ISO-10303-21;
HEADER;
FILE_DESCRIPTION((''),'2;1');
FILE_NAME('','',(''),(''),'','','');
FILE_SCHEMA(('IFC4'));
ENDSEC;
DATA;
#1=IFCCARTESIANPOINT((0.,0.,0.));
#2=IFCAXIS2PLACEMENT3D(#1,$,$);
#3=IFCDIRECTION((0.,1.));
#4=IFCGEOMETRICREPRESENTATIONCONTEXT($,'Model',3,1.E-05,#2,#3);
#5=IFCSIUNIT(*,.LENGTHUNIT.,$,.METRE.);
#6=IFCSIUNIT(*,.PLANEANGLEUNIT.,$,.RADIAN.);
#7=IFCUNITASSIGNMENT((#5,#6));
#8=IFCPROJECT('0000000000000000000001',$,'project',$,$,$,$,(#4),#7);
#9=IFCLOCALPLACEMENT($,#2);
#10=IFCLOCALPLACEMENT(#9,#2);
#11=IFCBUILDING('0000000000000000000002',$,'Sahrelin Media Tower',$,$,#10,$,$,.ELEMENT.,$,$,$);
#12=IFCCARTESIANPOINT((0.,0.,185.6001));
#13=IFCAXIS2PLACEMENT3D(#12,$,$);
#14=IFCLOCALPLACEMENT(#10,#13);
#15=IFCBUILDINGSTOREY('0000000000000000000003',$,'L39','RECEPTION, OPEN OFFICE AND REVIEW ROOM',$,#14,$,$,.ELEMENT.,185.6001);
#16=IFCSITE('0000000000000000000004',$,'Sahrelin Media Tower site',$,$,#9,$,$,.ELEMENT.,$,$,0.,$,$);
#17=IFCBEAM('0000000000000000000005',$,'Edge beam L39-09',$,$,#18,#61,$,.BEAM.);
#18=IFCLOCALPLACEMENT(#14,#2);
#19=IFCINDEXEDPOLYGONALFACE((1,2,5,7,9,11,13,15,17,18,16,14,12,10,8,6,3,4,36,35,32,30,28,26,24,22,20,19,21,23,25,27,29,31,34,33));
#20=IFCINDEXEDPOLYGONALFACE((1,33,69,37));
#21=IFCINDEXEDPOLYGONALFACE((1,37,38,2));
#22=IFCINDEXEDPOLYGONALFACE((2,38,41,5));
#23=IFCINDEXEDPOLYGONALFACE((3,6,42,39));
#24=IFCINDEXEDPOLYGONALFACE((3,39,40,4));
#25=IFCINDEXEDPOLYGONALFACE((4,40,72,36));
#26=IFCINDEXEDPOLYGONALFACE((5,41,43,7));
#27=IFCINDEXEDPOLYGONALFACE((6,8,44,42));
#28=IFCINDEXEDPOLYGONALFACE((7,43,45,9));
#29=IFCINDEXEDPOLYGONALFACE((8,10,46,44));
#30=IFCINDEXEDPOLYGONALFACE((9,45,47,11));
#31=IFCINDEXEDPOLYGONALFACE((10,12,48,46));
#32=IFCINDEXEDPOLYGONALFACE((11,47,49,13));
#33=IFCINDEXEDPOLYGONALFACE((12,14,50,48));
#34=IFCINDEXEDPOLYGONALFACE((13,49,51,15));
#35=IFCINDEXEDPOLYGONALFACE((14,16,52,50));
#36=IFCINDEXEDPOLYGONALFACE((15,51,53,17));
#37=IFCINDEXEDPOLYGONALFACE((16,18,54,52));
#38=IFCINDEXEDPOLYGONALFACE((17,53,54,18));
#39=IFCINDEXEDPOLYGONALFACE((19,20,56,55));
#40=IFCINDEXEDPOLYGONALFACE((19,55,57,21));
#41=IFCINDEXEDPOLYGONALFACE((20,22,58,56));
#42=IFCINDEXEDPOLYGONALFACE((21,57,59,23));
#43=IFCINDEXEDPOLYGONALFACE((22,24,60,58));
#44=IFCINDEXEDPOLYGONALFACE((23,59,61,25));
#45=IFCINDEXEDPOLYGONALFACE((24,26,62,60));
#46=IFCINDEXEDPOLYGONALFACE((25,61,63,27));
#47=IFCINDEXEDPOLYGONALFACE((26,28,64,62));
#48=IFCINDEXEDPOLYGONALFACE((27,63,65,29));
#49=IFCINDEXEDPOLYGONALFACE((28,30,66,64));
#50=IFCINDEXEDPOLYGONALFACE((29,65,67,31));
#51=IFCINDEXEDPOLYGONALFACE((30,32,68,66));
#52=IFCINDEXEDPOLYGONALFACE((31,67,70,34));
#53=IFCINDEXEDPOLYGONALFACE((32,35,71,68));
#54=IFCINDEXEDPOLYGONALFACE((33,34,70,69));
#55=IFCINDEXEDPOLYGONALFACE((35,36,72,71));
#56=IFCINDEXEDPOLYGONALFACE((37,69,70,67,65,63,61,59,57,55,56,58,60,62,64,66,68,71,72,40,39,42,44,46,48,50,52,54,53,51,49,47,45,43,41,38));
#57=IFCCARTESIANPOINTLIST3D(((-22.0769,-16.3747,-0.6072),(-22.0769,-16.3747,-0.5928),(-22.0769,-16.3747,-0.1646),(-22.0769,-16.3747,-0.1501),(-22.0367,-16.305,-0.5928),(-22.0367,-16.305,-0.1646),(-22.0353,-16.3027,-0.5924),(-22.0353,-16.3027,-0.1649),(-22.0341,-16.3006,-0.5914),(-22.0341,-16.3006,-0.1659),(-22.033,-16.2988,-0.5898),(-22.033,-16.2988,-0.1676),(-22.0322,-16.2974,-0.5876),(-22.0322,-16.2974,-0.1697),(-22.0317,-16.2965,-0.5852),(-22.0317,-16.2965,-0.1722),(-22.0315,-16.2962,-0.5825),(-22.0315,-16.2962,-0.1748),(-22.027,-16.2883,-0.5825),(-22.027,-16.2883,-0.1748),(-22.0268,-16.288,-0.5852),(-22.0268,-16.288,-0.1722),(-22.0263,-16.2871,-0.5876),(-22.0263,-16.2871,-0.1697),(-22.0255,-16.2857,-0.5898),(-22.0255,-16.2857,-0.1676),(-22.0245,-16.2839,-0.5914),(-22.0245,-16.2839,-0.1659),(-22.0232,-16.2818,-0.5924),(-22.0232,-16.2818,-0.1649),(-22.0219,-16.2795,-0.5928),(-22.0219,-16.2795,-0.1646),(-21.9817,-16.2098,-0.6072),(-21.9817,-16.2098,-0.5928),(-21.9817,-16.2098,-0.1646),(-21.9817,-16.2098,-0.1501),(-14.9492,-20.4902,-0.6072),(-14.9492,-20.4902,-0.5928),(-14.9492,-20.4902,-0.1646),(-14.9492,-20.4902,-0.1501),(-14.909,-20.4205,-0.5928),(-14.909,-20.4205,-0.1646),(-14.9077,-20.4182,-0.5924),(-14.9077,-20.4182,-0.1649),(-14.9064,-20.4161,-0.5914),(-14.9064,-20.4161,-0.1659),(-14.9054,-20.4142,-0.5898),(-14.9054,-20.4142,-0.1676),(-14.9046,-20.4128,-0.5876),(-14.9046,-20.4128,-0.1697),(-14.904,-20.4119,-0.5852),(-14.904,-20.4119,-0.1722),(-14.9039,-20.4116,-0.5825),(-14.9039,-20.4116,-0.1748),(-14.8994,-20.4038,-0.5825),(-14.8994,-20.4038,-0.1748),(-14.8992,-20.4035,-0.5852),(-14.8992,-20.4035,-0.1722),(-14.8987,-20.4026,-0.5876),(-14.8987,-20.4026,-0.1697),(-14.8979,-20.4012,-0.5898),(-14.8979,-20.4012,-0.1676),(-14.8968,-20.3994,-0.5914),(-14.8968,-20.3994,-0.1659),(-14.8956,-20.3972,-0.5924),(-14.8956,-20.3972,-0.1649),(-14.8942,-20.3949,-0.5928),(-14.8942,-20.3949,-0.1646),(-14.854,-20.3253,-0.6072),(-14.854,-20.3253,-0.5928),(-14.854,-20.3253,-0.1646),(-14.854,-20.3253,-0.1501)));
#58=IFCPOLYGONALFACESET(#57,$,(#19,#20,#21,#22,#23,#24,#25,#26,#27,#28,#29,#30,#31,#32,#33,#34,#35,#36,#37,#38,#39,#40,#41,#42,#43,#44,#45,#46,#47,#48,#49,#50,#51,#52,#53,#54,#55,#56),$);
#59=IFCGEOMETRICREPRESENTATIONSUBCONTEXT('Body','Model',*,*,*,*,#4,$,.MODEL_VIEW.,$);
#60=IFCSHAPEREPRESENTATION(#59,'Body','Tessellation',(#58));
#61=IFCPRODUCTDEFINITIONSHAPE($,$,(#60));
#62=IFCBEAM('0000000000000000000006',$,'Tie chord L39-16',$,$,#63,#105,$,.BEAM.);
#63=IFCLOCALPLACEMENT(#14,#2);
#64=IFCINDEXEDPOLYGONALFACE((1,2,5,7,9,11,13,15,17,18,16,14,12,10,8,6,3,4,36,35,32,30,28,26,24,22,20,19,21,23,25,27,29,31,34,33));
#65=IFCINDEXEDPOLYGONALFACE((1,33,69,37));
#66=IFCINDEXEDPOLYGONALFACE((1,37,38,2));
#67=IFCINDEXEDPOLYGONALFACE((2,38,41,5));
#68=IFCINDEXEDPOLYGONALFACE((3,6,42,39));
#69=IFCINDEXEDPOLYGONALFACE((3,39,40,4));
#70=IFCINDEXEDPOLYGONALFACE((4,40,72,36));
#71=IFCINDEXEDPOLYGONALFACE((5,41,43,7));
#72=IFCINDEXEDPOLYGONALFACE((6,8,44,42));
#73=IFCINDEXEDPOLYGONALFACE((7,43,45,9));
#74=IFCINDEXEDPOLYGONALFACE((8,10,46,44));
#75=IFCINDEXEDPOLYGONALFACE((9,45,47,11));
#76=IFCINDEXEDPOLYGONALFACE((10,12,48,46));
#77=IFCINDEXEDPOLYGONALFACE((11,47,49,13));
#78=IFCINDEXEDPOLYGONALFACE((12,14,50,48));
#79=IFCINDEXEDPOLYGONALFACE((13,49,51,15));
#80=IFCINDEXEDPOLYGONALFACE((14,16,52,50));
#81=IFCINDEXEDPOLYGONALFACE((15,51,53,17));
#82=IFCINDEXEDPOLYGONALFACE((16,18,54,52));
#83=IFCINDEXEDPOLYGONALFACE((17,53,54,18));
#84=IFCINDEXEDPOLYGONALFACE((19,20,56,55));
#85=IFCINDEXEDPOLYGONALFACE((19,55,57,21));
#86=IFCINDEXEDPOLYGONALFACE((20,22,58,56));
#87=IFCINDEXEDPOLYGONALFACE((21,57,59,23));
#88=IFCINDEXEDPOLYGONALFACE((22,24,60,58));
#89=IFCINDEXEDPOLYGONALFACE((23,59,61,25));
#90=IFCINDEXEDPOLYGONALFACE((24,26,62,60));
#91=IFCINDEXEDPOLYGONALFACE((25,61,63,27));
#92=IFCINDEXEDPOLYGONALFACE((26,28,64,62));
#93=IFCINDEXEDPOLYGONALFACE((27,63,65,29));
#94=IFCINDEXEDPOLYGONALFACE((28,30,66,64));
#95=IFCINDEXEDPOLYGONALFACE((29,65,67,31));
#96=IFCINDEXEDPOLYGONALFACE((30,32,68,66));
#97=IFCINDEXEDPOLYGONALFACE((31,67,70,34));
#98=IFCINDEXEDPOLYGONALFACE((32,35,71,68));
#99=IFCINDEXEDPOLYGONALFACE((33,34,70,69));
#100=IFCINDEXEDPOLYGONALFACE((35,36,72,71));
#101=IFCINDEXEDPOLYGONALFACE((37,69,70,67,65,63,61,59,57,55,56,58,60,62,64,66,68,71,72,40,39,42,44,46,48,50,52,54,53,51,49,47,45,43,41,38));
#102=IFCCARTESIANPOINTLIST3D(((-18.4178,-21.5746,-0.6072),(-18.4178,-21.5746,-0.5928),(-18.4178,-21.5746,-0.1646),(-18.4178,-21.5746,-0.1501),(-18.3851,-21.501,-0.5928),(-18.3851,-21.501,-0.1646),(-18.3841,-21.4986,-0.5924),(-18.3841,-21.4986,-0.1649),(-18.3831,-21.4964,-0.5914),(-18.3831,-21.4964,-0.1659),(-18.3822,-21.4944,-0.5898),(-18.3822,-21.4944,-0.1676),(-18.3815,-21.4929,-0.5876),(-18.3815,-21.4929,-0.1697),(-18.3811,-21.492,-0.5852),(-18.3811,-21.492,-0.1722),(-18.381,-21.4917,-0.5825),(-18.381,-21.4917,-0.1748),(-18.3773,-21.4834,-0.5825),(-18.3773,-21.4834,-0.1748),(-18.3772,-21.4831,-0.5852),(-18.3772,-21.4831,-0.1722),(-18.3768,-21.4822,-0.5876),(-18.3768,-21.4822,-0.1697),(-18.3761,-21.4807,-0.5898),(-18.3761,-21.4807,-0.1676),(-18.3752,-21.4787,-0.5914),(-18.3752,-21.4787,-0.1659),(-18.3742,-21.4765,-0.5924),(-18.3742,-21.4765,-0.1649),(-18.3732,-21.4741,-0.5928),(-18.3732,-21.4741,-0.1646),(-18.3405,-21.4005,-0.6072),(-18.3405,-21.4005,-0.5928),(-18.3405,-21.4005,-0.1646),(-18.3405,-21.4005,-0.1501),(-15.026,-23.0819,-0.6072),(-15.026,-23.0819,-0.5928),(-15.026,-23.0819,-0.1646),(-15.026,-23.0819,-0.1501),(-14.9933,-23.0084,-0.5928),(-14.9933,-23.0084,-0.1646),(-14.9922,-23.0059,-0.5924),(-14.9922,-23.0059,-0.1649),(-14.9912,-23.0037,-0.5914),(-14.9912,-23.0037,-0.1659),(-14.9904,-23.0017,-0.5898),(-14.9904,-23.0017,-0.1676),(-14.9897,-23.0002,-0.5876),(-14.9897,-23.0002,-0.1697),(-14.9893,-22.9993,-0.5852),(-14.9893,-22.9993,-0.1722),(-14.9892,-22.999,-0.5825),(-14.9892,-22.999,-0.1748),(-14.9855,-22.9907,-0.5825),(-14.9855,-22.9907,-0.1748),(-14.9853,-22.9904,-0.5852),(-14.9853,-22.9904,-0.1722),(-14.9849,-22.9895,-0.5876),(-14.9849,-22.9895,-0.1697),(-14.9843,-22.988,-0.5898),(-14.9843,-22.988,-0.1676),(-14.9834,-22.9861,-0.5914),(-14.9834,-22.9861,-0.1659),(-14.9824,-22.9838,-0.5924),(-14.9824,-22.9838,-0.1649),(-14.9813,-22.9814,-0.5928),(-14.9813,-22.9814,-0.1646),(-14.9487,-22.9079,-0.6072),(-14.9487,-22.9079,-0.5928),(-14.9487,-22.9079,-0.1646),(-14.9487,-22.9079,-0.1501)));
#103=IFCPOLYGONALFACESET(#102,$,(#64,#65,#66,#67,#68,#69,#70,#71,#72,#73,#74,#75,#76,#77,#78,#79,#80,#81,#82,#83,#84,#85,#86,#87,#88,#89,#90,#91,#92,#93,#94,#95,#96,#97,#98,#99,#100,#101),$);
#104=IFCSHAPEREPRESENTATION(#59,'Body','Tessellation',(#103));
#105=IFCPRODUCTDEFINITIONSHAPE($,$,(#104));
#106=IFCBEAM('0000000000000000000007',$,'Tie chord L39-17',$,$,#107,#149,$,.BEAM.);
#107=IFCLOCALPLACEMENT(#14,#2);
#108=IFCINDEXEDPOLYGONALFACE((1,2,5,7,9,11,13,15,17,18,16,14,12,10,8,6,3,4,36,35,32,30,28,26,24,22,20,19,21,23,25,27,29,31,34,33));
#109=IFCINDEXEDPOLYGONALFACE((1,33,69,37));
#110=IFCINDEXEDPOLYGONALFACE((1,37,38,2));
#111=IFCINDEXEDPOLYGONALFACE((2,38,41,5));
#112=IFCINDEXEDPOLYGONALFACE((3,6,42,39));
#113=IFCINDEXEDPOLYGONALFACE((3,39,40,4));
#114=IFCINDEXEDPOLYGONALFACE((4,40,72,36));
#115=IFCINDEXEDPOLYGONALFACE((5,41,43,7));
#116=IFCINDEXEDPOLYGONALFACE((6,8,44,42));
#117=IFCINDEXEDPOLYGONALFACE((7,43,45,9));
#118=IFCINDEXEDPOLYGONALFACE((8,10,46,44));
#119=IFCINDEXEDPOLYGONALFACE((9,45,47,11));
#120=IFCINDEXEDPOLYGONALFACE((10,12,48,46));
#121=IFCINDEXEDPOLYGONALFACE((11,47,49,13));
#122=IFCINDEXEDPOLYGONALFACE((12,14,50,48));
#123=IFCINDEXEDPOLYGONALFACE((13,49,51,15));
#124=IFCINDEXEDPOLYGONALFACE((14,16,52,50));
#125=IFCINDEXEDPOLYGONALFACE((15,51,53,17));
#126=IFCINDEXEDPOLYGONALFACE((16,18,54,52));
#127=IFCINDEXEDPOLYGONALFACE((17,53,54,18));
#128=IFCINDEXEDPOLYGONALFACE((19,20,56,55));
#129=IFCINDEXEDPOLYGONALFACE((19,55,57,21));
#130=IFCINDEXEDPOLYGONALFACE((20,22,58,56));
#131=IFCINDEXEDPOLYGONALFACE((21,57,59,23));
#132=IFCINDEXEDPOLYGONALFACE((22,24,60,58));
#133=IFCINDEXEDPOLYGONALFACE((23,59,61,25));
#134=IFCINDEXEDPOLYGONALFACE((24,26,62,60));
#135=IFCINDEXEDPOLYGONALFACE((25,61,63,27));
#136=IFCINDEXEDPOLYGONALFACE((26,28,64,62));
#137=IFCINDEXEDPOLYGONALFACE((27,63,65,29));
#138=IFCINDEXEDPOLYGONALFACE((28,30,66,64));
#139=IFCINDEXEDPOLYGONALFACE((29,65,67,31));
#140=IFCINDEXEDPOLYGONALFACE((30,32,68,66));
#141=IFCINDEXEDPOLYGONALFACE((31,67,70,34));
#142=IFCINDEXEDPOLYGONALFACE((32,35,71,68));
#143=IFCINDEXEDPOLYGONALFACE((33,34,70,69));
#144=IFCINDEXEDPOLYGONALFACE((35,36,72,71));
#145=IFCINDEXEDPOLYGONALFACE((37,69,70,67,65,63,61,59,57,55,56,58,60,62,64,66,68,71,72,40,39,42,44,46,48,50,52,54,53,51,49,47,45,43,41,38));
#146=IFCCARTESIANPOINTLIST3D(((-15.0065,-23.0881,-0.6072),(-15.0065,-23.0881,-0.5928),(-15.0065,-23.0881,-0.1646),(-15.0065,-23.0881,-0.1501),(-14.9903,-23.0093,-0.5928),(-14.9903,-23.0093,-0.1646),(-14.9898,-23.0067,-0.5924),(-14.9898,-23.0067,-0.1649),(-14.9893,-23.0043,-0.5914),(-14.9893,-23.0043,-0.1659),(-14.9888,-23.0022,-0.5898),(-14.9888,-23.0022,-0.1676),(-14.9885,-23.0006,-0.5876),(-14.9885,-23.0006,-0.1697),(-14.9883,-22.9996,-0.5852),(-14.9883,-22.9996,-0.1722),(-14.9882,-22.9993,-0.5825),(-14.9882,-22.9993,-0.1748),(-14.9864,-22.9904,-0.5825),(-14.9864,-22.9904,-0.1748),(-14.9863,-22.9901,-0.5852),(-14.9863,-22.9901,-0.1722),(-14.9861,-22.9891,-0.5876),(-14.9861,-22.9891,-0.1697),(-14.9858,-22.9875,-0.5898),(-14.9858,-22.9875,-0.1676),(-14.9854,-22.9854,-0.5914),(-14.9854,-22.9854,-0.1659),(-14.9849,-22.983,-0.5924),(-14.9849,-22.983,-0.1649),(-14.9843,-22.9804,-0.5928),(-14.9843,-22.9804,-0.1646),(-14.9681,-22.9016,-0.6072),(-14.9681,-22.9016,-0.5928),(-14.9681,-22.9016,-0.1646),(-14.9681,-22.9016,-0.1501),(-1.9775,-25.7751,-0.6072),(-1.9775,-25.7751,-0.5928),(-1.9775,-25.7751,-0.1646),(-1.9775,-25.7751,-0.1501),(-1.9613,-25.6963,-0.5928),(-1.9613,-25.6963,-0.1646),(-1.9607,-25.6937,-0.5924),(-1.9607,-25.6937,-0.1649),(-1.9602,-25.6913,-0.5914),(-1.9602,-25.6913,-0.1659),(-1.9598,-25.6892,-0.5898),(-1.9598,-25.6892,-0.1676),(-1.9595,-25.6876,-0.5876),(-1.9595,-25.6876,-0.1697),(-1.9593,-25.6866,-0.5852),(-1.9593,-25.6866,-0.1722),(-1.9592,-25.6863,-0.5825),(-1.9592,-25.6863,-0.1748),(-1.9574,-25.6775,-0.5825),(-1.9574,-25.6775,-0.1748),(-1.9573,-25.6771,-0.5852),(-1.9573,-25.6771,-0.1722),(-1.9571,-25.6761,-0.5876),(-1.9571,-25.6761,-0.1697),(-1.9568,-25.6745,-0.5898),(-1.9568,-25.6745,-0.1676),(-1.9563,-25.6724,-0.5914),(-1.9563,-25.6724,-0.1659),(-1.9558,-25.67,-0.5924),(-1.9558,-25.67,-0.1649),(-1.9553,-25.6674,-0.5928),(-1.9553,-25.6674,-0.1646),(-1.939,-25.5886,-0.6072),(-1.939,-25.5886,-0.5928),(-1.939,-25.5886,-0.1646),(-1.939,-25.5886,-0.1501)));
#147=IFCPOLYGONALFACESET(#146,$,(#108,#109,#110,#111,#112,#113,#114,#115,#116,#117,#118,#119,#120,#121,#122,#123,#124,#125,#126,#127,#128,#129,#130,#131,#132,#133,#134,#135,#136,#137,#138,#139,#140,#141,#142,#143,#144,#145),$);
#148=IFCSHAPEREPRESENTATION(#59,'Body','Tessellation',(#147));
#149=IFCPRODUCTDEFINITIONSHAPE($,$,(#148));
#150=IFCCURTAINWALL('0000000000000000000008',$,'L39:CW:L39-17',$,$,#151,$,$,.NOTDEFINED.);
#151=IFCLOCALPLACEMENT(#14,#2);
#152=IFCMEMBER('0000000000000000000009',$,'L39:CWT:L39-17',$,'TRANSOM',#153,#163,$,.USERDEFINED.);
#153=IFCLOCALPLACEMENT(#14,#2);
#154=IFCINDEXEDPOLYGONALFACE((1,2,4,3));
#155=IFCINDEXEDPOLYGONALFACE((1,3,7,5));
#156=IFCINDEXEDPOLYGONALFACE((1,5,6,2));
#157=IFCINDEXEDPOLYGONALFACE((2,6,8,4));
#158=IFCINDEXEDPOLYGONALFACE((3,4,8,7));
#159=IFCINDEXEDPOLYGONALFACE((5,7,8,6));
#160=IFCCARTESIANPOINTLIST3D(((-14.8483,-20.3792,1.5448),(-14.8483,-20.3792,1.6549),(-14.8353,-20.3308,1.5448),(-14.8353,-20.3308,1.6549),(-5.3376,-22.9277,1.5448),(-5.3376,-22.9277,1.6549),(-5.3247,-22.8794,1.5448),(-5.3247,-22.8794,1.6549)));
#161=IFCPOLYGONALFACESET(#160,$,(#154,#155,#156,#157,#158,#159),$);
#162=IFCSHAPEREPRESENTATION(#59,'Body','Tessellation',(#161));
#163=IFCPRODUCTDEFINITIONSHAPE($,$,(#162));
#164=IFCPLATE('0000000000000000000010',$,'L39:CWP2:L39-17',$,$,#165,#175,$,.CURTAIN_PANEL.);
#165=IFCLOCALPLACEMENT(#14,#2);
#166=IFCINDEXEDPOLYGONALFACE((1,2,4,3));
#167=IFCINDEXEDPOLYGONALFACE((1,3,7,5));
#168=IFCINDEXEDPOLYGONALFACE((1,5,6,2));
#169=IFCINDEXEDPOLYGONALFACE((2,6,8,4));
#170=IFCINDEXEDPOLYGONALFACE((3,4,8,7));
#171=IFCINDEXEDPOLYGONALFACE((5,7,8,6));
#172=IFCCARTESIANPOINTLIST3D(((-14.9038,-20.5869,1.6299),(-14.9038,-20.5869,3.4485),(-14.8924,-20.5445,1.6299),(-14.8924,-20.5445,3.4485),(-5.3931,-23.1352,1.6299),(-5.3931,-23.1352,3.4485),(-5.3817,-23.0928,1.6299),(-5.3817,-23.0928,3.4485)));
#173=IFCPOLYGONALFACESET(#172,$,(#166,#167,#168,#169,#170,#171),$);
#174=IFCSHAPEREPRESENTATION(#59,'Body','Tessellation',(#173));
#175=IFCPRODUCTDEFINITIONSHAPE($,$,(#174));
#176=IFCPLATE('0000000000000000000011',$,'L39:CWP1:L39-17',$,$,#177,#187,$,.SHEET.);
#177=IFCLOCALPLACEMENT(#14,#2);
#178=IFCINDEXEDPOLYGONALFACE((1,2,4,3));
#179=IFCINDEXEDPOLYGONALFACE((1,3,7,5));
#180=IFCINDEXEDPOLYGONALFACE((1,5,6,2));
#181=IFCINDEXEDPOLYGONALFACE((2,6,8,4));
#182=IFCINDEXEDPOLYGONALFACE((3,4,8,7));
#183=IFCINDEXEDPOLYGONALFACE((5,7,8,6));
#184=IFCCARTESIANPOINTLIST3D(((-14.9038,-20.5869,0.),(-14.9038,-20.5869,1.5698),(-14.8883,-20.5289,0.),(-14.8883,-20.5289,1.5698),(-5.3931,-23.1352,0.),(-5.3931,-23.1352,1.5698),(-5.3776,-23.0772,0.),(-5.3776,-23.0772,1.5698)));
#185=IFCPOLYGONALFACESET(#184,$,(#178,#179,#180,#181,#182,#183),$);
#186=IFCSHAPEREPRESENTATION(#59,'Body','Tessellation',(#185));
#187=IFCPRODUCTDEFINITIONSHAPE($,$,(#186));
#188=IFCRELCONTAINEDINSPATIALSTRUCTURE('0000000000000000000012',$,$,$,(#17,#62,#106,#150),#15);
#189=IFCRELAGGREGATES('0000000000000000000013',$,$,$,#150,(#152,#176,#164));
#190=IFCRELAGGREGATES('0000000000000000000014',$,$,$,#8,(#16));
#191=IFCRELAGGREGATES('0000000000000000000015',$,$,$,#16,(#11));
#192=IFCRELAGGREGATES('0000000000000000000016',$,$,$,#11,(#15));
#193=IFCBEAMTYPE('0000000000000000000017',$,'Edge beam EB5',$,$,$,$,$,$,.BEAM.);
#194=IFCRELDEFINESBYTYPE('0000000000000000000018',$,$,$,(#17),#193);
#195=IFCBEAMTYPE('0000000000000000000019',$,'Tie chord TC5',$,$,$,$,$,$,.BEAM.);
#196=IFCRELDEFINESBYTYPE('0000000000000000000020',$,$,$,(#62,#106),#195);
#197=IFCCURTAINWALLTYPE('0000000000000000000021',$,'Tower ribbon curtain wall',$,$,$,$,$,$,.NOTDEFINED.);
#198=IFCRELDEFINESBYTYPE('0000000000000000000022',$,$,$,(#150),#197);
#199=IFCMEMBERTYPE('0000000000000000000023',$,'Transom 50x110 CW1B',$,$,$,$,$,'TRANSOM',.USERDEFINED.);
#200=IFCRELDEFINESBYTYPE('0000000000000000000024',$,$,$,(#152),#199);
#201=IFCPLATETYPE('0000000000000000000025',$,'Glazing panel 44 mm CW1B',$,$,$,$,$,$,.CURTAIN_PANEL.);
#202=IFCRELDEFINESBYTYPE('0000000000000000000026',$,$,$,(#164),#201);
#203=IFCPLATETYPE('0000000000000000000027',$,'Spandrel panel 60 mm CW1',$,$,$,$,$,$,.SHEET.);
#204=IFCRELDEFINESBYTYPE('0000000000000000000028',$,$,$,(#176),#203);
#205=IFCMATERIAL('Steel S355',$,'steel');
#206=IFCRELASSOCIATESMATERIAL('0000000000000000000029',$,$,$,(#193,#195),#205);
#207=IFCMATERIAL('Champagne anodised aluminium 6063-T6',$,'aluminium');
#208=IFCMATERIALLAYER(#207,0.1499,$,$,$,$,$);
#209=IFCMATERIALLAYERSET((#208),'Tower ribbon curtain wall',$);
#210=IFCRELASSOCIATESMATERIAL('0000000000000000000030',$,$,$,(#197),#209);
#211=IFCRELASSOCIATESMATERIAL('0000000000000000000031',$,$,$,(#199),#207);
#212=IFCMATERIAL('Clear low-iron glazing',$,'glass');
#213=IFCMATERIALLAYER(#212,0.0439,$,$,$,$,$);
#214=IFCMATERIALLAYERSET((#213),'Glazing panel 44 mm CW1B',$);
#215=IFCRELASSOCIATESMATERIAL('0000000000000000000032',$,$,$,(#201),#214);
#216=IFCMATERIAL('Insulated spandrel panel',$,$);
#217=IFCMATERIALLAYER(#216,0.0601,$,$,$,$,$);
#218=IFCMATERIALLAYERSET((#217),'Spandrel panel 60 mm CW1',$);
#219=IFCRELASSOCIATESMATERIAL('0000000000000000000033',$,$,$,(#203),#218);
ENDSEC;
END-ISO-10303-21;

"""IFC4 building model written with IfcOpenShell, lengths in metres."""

from ifc_helpers import new_model, si_unit, direction, frame, origin, origin_2d, place, context, subcontext, project, spatial, polyline, rectangle, i_section, outline, extrude, material, layer, layer_set, material_profile, profile_set, type_object, element, aggregate, save


model = new_model("IFC4")

# Units and contexts
model_context = context("Model", 3, precision=1e-05, world=origin(), true_north=direction((0.0, 1.0)))
body_context = subcontext(model_context, "Body", "Model", "MODEL_VIEW")
ifc_project = project(units=[si_unit("LENGTHUNIT", "METRE"), si_unit("PLANEANGLEUNIT", "RADIAN")], contexts=[model_context])

# Site, building, storey
site_placement = place(None, origin())
site = spatial("IfcSite", under=ifc_project, at=site_placement, Name="Sahrelin Media Tower site", CompositionType="ELEMENT", RefElevation=0.0)
building_placement = place(site_placement, origin())
building = spatial("IfcBuilding", under=site, at=building_placement, Name="Sahrelin Media Tower", CompositionType="ELEMENT")
storey_placement = place(building_placement, frame((0.0, 0.0, 185.6001)))
storey = spatial("IfcBuildingStorey", under=building, at=storey_placement, Name="L39", Description="RECEPTION, OPEN OFFICE AND REVIEW ROOM", CompositionType="ELEMENT", Elevation=185.6001)

# Beams
ifc_material_1 = material(Name="Steel S355", Category="steel")
ifc_material_profile_1 = material_profile(ifc_material_1, i_section(OverallWidth=0.1904, OverallDepth=0.457, WebThickness=0.009, FlangeThickness=0.0144, FilletRadius=0.0103, at=origin_2d()), Name="UB 457x191x74")
ifc_profile_set_1 = profile_set([ifc_material_profile_1], Name="Steel S355")
beam_type_1 = type_object("IfcBeamType", Name="Edge beam EB5", PredefinedType="BEAM", material=ifc_profile_set_1)
beam_1_placement = place(storey_placement, frame((-14.9016, -20.4077, -0.3787), z_axis=(-0.866009, 0.500028, 0.0), x_axis=(-0.500028, -0.866009, 0.0)))
element("IfcBeam", 1, at=beam_1_placement, inside=storey, type_object=beam_type_1, Name="Edge beam L39-09", PredefinedType="BEAM", context=body_context, shape_type="SweptSolid", body=[
    extrude(i_section(OverallWidth=0.1904, OverallDepth=0.457, WebThickness=0.009, FlangeThickness=0.0144, FilletRadius=0.0103, at=origin_2d()), origin(), (0.0, 0.0, 1.0), 8.2305),
])
ifc_material_profile_2 = material_profile(ifc_material_1, i_section(OverallWidth=0.1904, OverallDepth=0.457, WebThickness=0.009, FlangeThickness=0.0144, FilletRadius=0.0103, at=origin_2d()), Name="UB 457x191x74")
ifc_profile_set_2 = profile_set([ifc_material_profile_2], Name="Steel S355")
beam_type_2 = type_object("IfcBeamType", Name="Tie chord TC5", PredefinedType="BEAM", material=ifc_profile_set_2)
beam_2_placement = place(storey_placement, frame((-18.3792, -21.4875, -0.3787), z_axis=(0.913828, -0.406102, 0.0), x_axis=(0.406102, 0.913828, 0.0)))
element("IfcBeam", 2, at=beam_2_placement, inside=storey, type_object=beam_type_2, Name="Tie chord L39-16", PredefinedType="BEAM", context=body_context, shape_type="SweptSolid", body=[
    extrude(i_section(OverallWidth=0.1904, OverallDepth=0.457, WebThickness=0.009, FlangeThickness=0.0144, FilletRadius=0.0103, at=origin_2d()), origin(), (0.0, 0.0, 1.0), 3.7117),
])
beam_3_placement = place(storey_placement, frame((-14.9873, -22.9949, -0.3787), z_axis=(0.979389, -0.201982, 0.0), x_axis=(0.201982, 0.979389, 0.0)))
element("IfcBeam", 3, at=beam_3_placement, inside=storey, type_object=beam_type_2, Name="Tie chord L39-17", PredefinedType="BEAM", context=body_context, shape_type="SweptSolid", body=[
    extrude(i_section(OverallWidth=0.1904, OverallDepth=0.457, WebThickness=0.009, FlangeThickness=0.0144, FilletRadius=0.0103, at=origin_2d()), origin(), (0.0, 0.0, 1.0), 13.3032),
])

# Curtain wall, member, plates
ifc_material_2 = material(Name="Champagne anodised aluminium 6063-T6", Category="aluminium")
ifc_layer_1 = layer(ifc_material_2, 0.1499)
ifc_layer_set_1 = layer_set([ifc_layer_1], Name="Tower ribbon curtain wall")
curtain_wall_type = type_object("IfcCurtainWallType", Name="Tower ribbon curtain wall", PredefinedType="NOTDEFINED", material=ifc_layer_set_1)
curtain_wall_placement = place(storey_placement, frame((-10.1433, -21.8418, 0.0), z_axis=(0.0, 0.0, 1.0), x_axis=(1.0, 0.0, 0.0)))
curtain_wall = element("IfcCurtainWall", 4, at=curtain_wall_placement, inside=storey, type_object=curtain_wall_type, Name="L39:CW:L39-17", PredefinedType="NOTDEFINED")
ifc_material_profile_3 = material_profile(ifc_material_2, rectangle(XDim=0.05, YDim=0.1101, at=origin_2d()), Name="Transom 50x110")
ifc_profile_set_3 = profile_set([ifc_material_profile_3], Name="Champagne anodised aluminium 6063-T6")
member_type = type_object("IfcMemberType", Name="Transom 50x110 CW1B", ElementType="TRANSOM", PredefinedType="USERDEFINED", material=ifc_profile_set_3)
member_placement = place(storey_placement, frame((-14.8418, -20.355, 1.5999), z_axis=(0.965921, -0.258837, 0.0), x_axis=(0.258837, 0.965921, 0.0)))
member = element("IfcMember", 5, at=member_placement, type_object=member_type, Name="L39:CWT:L39-17", ObjectType="TRANSOM", PredefinedType="USERDEFINED", context=body_context, shape_type="SweptSolid", body=[
    extrude(rectangle(XDim=0.05, YDim=0.1101, at=origin_2d()), origin(), (0.0, 0.0, 1.0), 9.8462),
])
ifc_material_3 = material(Name="Clear low-iron glazing", Category="glass")
ifc_layer_2 = layer(ifc_material_3, 0.0439)
ifc_layer_set_2 = layer_set([ifc_layer_2], Name="Glazing panel 44 mm CW1B")
plate_type_1 = type_object("IfcPlateType", Name="Glazing panel 44 mm CW1B", PredefinedType="CURTAIN_PANEL", material=ifc_layer_set_2)
plate_1_placement = place(storey_placement, frame((-14.9038, -20.5869, 1.6299), z_axis=(-0.258814, -0.965927, 0.0), x_axis=(0.965927, -0.258814, 0.0)))
plate_1 = element("IfcPlate", 6, at=plate_1_placement, type_object=plate_type_1, Name="L39:CWP2:L39-17", PredefinedType="CURTAIN_PANEL", context=body_context, shape_type="SweptSolid", body=[
    extrude(outline(polyline([(0.0, 0.0), (9.8462, 0.0), (9.8462, 1.8186), (0.0, 1.8186), (0.0, 0.0)])), origin(), (0.0, 0.0, -1.0), 0.0439),
])
ifc_material_4 = material(Name="Insulated spandrel panel")
ifc_layer_3 = layer(ifc_material_4, 0.0601)
ifc_layer_set_3 = layer_set([ifc_layer_3], Name="Spandrel panel 60 mm CW1")
plate_type_2 = type_object("IfcPlateType", Name="Spandrel panel 60 mm CW1", PredefinedType="SHEET", material=ifc_layer_set_3)
plate_2_placement = place(storey_placement, frame((-14.9038, -20.5869, 0.0), z_axis=(-0.258814, -0.965927, 0.0), x_axis=(0.965927, -0.258814, 0.0)))
plate_2 = element("IfcPlate", 7, at=plate_2_placement, type_object=plate_type_2, Name="L39:CWP1:L39-17", PredefinedType="SHEET", context=body_context, shape_type="SweptSolid", body=[
    extrude(outline(polyline([(0.0, 0.0), (9.8462, 0.0), (9.8462, 1.5698), (0.0, 1.5698), (0.0, 0.0)])), origin(), (0.0, 0.0, -1.0), 0.0601),
])
aggregate(curtain_wall, [member, plate_2, plate_1])

save(model, "model.ifc")
